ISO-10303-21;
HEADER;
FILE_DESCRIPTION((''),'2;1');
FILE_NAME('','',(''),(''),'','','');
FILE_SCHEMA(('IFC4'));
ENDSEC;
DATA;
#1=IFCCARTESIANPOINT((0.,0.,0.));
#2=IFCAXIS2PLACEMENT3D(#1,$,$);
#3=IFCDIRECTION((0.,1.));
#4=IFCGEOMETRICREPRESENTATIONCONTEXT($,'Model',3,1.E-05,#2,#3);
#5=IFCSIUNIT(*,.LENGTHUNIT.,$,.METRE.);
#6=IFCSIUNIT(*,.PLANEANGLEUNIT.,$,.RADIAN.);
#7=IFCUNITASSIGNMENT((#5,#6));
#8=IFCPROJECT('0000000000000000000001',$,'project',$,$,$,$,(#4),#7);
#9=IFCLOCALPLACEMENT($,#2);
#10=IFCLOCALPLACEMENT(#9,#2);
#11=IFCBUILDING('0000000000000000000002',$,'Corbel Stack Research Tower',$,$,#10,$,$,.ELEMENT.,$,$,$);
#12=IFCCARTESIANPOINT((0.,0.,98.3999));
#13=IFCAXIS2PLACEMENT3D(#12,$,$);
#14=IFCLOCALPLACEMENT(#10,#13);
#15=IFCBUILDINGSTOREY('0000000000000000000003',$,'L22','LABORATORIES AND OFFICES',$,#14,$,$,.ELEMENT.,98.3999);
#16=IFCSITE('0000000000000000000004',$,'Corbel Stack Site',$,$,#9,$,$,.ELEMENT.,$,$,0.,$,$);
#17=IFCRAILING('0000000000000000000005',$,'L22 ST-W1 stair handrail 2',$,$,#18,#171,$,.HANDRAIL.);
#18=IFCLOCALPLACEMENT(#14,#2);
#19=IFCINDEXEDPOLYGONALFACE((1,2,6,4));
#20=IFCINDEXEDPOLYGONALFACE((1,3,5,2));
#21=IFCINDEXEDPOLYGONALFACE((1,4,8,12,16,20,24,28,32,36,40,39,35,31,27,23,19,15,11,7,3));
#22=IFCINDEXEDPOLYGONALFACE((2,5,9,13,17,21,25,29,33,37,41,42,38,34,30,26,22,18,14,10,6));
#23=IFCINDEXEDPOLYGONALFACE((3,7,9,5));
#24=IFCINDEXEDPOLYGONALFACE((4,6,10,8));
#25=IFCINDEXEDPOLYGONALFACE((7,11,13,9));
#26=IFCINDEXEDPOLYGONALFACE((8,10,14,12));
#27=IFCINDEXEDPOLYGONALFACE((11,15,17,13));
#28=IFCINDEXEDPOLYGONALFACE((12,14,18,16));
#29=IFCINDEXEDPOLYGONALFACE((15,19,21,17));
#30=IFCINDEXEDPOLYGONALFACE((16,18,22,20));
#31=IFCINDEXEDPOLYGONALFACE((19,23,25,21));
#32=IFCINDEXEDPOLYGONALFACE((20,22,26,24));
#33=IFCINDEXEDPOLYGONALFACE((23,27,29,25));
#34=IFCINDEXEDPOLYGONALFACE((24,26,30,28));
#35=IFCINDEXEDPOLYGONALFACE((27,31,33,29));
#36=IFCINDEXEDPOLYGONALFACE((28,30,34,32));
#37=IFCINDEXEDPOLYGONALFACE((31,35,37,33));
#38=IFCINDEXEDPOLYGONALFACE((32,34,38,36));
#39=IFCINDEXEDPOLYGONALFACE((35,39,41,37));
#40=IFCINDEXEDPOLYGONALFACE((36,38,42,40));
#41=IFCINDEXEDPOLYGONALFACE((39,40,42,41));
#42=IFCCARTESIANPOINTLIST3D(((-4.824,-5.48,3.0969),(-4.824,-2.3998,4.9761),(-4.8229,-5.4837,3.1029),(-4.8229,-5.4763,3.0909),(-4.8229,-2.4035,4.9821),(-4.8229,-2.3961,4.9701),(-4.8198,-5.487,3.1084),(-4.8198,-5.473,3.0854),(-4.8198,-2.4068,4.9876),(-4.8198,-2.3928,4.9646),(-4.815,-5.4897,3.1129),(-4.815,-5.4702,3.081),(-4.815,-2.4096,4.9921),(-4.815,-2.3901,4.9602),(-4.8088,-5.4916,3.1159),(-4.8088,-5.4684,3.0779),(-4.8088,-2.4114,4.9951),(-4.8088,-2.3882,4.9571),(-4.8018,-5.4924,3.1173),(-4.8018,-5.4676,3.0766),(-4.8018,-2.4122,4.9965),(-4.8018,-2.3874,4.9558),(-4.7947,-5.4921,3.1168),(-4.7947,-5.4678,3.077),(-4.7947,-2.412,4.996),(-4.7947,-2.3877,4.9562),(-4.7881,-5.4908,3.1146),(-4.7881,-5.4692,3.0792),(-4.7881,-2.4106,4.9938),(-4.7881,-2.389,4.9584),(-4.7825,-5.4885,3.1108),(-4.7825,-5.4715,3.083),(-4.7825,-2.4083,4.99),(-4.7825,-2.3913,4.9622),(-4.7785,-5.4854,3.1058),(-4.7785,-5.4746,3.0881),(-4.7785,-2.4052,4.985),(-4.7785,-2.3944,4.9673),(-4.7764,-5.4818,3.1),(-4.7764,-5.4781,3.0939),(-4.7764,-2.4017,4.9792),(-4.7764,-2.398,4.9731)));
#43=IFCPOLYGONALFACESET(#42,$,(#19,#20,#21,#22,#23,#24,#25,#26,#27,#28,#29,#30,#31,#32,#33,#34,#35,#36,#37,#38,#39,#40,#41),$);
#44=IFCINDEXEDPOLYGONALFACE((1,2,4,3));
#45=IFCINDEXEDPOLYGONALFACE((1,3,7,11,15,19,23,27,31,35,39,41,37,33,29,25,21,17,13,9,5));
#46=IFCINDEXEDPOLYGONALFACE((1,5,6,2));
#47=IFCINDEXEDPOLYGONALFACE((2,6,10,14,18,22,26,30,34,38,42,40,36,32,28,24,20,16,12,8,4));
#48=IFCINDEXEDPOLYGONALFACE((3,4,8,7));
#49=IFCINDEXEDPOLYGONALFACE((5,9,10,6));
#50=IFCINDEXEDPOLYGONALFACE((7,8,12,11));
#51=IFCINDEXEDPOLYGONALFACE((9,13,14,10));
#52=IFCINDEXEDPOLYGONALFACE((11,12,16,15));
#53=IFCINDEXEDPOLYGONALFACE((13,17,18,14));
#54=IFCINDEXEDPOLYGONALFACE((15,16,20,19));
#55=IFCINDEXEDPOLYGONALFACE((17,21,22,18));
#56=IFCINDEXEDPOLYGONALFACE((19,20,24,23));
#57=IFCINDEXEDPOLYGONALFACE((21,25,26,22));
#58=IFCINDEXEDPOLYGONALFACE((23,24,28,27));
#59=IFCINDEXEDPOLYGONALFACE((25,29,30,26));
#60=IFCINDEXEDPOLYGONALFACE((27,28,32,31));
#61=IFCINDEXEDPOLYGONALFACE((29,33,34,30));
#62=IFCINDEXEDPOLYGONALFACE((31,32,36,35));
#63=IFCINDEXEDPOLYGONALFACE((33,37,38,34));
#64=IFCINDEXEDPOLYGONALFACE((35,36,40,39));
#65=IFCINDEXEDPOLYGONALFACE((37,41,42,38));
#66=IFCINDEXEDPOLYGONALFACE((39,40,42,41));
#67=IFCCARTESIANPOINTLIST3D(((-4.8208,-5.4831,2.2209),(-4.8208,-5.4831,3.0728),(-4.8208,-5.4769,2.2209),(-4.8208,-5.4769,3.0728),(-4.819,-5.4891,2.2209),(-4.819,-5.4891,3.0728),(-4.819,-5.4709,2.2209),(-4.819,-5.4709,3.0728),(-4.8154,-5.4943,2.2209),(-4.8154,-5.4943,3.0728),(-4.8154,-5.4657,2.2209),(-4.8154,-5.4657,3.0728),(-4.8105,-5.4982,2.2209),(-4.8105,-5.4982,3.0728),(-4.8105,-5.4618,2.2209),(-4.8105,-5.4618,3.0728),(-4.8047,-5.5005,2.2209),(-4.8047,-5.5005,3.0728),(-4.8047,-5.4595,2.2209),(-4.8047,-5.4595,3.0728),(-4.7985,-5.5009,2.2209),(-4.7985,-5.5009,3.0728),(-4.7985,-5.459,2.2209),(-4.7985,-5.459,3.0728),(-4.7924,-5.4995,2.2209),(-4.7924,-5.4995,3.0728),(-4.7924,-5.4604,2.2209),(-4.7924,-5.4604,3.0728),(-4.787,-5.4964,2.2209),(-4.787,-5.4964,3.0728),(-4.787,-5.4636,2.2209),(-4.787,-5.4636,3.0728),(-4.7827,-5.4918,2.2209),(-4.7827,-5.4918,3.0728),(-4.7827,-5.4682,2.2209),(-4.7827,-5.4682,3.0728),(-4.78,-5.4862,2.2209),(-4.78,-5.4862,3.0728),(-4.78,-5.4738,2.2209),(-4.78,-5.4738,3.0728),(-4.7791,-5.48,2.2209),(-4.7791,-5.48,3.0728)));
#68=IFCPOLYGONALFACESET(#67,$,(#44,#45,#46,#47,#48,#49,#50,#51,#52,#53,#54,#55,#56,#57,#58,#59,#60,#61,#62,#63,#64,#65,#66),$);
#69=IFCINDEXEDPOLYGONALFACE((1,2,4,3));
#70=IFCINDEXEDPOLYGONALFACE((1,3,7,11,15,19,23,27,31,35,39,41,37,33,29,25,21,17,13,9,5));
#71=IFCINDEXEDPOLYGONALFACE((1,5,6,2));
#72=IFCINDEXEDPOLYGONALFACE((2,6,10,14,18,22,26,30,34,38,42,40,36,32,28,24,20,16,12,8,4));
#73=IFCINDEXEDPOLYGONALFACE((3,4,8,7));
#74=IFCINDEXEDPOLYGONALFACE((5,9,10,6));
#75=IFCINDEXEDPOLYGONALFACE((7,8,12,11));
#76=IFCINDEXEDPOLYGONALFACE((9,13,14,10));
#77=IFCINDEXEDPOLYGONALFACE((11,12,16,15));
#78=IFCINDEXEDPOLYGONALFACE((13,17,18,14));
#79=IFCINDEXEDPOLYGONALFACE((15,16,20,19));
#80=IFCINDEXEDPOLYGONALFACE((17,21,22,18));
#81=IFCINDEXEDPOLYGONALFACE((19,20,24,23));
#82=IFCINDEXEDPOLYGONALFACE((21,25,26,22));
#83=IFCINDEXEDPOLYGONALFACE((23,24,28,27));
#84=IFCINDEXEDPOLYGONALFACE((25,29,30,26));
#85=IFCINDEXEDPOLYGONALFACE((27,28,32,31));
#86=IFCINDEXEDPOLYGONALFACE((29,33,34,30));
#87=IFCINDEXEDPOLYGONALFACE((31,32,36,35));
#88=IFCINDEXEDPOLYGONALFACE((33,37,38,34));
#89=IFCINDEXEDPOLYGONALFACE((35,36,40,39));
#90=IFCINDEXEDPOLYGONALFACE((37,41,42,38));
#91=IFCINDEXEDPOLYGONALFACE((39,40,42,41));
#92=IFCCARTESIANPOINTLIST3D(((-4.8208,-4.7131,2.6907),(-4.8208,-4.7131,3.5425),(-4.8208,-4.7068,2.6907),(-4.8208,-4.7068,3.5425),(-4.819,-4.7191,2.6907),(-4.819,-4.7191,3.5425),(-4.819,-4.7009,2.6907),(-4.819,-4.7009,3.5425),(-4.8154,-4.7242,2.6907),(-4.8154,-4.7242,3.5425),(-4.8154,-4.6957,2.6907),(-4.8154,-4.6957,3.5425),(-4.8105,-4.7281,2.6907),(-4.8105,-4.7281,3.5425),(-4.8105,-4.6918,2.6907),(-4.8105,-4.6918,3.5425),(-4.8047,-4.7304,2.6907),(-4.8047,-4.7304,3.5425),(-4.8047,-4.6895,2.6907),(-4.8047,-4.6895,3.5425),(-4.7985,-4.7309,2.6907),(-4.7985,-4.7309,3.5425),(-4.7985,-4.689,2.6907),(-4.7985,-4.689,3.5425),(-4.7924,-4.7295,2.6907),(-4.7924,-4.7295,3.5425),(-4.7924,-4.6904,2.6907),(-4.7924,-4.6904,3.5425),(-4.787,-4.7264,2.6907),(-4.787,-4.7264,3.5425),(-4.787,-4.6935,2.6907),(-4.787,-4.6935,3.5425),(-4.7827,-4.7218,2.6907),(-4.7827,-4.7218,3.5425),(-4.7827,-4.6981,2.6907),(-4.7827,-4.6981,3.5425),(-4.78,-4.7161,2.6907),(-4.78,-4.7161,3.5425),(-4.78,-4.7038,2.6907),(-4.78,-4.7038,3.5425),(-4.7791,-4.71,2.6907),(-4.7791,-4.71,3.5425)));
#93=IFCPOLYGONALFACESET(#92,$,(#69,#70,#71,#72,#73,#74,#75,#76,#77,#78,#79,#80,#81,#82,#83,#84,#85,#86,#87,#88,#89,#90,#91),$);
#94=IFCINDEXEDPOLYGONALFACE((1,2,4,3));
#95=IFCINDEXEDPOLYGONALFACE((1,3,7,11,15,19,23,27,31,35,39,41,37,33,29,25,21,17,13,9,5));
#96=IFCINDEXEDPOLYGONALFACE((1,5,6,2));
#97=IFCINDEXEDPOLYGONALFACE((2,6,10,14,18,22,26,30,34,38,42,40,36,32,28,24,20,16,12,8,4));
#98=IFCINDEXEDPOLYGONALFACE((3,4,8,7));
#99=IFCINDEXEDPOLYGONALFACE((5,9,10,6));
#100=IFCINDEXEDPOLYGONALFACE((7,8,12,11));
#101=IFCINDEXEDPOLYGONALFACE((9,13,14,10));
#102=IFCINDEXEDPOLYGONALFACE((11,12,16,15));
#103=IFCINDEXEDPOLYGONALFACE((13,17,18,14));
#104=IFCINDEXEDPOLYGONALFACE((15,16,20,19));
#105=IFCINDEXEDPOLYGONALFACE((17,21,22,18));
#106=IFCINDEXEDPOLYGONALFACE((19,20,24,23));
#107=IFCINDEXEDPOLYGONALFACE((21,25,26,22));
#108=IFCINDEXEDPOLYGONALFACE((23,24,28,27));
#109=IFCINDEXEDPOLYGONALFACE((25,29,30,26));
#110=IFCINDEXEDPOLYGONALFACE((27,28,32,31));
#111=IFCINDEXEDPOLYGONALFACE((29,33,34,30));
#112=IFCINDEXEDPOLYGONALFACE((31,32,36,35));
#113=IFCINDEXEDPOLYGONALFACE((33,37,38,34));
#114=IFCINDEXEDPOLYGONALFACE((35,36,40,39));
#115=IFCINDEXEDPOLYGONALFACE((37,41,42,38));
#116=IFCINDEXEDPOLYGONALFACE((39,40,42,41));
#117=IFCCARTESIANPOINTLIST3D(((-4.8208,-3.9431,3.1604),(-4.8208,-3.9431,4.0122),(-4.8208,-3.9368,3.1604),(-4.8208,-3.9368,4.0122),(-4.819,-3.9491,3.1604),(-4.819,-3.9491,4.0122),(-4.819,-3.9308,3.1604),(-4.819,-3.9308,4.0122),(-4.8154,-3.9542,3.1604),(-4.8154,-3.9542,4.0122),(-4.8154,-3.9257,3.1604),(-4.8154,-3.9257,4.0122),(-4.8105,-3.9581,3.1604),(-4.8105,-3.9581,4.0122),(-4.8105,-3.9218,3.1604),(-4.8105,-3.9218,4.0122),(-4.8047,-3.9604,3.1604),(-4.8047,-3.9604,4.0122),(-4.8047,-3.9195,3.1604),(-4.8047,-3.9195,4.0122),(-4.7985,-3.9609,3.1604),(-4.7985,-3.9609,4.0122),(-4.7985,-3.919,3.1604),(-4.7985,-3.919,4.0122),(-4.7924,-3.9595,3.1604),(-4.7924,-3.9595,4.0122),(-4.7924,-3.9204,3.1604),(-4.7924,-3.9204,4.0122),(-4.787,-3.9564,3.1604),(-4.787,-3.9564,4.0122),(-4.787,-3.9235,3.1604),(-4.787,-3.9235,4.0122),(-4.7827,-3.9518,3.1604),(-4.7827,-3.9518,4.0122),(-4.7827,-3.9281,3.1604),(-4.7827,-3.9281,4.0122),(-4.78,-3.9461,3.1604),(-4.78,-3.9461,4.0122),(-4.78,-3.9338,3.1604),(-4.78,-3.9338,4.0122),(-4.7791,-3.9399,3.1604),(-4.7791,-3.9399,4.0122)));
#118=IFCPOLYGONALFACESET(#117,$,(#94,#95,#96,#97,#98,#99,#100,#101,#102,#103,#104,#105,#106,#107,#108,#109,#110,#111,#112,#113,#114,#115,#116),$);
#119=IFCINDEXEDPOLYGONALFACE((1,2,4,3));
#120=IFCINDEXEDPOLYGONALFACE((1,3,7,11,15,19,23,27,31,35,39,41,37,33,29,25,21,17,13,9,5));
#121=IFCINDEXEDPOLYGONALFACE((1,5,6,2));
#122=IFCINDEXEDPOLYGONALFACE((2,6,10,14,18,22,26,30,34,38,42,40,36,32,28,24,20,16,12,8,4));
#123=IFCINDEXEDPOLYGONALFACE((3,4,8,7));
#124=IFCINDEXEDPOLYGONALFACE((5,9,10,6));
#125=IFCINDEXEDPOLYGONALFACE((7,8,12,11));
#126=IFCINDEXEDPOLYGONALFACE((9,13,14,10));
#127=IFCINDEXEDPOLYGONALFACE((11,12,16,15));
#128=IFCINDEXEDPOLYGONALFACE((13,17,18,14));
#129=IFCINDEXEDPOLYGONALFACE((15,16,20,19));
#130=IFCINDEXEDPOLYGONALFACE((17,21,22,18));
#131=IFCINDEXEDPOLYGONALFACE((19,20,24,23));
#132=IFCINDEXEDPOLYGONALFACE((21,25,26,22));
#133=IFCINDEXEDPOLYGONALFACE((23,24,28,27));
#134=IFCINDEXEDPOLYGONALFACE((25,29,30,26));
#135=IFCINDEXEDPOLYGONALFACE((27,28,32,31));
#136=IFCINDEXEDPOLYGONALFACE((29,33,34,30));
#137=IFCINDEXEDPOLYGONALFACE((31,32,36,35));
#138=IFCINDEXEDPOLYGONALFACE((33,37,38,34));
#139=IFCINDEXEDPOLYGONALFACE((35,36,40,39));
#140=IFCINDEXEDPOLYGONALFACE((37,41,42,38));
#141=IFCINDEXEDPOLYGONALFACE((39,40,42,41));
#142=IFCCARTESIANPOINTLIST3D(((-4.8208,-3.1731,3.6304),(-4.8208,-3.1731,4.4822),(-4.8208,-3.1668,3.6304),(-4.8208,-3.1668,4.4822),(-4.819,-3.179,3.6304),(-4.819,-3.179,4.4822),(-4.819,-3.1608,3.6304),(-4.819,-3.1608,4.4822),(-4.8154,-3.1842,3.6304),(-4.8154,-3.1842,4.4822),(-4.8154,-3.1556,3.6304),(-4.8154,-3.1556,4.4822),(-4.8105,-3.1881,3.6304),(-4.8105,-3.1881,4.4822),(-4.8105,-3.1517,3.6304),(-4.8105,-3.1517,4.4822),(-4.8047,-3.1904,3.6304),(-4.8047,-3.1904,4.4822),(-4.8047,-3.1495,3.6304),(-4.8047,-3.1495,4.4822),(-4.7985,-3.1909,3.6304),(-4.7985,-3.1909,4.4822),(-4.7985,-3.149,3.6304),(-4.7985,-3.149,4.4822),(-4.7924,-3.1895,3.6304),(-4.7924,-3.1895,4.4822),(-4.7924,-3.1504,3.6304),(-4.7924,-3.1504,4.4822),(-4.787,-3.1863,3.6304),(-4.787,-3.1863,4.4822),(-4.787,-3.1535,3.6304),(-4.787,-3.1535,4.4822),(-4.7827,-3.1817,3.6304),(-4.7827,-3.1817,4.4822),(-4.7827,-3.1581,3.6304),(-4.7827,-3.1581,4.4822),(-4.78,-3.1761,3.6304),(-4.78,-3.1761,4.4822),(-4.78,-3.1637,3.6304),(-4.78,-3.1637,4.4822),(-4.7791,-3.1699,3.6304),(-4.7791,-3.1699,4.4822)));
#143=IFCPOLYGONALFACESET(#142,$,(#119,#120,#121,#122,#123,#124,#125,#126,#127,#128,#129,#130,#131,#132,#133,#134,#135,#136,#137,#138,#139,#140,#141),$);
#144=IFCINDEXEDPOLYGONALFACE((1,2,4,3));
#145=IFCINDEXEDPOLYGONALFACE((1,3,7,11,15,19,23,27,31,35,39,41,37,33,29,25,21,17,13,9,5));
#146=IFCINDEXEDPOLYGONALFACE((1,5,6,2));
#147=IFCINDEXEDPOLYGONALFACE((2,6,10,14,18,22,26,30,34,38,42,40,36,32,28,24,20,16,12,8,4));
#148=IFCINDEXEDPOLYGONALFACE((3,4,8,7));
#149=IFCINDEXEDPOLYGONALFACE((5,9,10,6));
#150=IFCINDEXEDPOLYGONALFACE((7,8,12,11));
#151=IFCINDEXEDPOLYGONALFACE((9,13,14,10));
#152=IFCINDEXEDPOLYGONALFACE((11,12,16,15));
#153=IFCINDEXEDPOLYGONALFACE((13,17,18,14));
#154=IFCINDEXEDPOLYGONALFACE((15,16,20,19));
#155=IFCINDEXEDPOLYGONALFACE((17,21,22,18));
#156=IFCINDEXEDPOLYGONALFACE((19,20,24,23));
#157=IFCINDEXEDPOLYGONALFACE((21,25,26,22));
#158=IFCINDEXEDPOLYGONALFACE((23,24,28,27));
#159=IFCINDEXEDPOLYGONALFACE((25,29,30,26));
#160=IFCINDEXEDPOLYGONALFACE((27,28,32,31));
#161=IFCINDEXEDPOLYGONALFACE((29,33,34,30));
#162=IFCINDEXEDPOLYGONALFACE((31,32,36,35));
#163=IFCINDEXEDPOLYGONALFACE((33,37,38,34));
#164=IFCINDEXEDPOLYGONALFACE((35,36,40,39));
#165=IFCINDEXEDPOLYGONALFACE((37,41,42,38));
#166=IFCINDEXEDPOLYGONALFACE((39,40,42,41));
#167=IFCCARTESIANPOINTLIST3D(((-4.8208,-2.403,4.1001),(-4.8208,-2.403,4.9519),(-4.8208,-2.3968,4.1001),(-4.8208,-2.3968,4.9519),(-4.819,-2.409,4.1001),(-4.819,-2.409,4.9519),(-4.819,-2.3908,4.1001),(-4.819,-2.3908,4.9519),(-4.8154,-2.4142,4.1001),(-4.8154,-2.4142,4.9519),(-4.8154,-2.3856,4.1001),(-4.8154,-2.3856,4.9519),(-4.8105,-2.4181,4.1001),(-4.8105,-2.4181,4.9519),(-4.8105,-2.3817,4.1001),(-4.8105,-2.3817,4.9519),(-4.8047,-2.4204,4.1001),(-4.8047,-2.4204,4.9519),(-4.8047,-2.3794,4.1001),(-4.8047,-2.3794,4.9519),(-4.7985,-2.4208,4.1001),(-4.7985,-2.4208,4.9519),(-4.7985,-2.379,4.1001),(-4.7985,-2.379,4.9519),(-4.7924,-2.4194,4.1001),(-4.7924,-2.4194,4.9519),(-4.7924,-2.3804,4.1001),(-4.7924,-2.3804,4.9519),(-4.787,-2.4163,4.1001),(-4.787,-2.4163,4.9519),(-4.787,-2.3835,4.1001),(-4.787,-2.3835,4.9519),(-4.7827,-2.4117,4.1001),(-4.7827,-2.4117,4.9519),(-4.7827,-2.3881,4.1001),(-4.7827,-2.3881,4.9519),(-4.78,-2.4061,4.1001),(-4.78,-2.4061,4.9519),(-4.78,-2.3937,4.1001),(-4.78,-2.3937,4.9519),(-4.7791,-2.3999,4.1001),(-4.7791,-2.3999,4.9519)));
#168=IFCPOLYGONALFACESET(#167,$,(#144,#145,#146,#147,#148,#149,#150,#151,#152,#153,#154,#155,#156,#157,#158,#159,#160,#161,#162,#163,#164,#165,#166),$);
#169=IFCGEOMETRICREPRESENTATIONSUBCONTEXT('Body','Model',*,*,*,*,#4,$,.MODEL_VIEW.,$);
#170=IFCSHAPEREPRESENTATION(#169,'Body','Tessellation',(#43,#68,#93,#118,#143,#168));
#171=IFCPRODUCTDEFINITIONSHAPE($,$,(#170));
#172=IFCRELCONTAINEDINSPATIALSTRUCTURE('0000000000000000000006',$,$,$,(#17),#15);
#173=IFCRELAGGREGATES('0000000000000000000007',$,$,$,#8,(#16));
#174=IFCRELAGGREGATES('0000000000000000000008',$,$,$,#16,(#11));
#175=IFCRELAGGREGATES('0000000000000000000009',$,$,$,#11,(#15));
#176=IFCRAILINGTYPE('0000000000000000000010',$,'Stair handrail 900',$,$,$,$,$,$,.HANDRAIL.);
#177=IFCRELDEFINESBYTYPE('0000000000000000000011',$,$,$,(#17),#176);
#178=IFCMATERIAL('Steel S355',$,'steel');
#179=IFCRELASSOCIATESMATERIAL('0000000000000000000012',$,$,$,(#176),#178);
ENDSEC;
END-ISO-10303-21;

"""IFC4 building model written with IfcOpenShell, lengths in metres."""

from ifc_helpers import new_model, si_unit, direction, frame, origin, origin_2d, place, context, subcontext, project, spatial, circle, extrude, material, type_object, element, save


model = new_model("IFC4")

# Units and contexts
model_context = context("Model", 3, precision=1e-05, world=origin(), true_north=direction((0.0, 1.0)))
body_context = subcontext(model_context, "Body", "Model", "MODEL_VIEW")
ifc_project = project(units=[si_unit("LENGTHUNIT", "METRE"), si_unit("PLANEANGLEUNIT", "RADIAN")], contexts=[model_context])

# Site, building, storey
site_placement = place(None, origin())
site = spatial("IfcSite", under=ifc_project, at=site_placement, Name="Corbel Stack Site", CompositionType="ELEMENT", RefElevation=0.0)
building_placement = place(site_placement, origin())
building = spatial("IfcBuilding", under=site, at=building_placement, Name="Corbel Stack Research Tower", CompositionType="ELEMENT")
storey_placement = place(building_placement, frame((0.0, 0.0, 98.3999)))
storey = spatial("IfcBuildingStorey", under=building, at=storey_placement, Name="L22", Description="LABORATORIES AND OFFICES", CompositionType="ELEMENT", Elevation=98.3999)

# Railing
ifc_material_1 = material(Name="Steel S355", Category="steel")
railing_type_1 = type_object("IfcRailingType", Name="Stair handrail 900", PredefinedType="HANDRAIL", material=ifc_material_1)
railing_1_placement = place(storey_placement, frame((-4.8, -5.48, 2.2209)))
element("IfcRailing", 1, at=railing_1_placement, inside=storey, type_object=railing_type_1, Name="L22 ST-W1 stair handrail 2", PredefinedType="HANDRAIL", context=body_context, shape_type="SweptSolid", body=[
    extrude(circle(Radius=0.0239, at=origin_2d()), frame((0.0, 0.0, 0.876), z_axis=(0.0, 0.853666, 0.52082), x_axis=(-1.0, 0.0, 0.0)), (0.0, 0.0, 1.0), 3.6082),
    extrude(circle(Radius=0.021, at=origin_2d()), origin(), (0.0, 0.0, 1.0), 0.8518),
    extrude(circle(Radius=0.021, at=origin_2d()), frame((0.0, 0.77, 0.4697)), (0.0, 0.0, 1.0), 0.8518),
    extrude(circle(Radius=0.021, at=origin_2d()), frame((0.0, 1.54, 0.9395)), (0.0, 0.0, 1.0), 0.8518),
    extrude(circle(Radius=0.021, at=origin_2d()), frame((0.0, 2.3101, 1.4094)), (0.0, 0.0, 1.0), 0.8518),
    extrude(circle(Radius=0.021, at=origin_2d()), frame((0.0, 3.0801, 1.8792)), (0.0, 0.0, 1.0), 0.8518),
])

save(model, "model.ifc")
